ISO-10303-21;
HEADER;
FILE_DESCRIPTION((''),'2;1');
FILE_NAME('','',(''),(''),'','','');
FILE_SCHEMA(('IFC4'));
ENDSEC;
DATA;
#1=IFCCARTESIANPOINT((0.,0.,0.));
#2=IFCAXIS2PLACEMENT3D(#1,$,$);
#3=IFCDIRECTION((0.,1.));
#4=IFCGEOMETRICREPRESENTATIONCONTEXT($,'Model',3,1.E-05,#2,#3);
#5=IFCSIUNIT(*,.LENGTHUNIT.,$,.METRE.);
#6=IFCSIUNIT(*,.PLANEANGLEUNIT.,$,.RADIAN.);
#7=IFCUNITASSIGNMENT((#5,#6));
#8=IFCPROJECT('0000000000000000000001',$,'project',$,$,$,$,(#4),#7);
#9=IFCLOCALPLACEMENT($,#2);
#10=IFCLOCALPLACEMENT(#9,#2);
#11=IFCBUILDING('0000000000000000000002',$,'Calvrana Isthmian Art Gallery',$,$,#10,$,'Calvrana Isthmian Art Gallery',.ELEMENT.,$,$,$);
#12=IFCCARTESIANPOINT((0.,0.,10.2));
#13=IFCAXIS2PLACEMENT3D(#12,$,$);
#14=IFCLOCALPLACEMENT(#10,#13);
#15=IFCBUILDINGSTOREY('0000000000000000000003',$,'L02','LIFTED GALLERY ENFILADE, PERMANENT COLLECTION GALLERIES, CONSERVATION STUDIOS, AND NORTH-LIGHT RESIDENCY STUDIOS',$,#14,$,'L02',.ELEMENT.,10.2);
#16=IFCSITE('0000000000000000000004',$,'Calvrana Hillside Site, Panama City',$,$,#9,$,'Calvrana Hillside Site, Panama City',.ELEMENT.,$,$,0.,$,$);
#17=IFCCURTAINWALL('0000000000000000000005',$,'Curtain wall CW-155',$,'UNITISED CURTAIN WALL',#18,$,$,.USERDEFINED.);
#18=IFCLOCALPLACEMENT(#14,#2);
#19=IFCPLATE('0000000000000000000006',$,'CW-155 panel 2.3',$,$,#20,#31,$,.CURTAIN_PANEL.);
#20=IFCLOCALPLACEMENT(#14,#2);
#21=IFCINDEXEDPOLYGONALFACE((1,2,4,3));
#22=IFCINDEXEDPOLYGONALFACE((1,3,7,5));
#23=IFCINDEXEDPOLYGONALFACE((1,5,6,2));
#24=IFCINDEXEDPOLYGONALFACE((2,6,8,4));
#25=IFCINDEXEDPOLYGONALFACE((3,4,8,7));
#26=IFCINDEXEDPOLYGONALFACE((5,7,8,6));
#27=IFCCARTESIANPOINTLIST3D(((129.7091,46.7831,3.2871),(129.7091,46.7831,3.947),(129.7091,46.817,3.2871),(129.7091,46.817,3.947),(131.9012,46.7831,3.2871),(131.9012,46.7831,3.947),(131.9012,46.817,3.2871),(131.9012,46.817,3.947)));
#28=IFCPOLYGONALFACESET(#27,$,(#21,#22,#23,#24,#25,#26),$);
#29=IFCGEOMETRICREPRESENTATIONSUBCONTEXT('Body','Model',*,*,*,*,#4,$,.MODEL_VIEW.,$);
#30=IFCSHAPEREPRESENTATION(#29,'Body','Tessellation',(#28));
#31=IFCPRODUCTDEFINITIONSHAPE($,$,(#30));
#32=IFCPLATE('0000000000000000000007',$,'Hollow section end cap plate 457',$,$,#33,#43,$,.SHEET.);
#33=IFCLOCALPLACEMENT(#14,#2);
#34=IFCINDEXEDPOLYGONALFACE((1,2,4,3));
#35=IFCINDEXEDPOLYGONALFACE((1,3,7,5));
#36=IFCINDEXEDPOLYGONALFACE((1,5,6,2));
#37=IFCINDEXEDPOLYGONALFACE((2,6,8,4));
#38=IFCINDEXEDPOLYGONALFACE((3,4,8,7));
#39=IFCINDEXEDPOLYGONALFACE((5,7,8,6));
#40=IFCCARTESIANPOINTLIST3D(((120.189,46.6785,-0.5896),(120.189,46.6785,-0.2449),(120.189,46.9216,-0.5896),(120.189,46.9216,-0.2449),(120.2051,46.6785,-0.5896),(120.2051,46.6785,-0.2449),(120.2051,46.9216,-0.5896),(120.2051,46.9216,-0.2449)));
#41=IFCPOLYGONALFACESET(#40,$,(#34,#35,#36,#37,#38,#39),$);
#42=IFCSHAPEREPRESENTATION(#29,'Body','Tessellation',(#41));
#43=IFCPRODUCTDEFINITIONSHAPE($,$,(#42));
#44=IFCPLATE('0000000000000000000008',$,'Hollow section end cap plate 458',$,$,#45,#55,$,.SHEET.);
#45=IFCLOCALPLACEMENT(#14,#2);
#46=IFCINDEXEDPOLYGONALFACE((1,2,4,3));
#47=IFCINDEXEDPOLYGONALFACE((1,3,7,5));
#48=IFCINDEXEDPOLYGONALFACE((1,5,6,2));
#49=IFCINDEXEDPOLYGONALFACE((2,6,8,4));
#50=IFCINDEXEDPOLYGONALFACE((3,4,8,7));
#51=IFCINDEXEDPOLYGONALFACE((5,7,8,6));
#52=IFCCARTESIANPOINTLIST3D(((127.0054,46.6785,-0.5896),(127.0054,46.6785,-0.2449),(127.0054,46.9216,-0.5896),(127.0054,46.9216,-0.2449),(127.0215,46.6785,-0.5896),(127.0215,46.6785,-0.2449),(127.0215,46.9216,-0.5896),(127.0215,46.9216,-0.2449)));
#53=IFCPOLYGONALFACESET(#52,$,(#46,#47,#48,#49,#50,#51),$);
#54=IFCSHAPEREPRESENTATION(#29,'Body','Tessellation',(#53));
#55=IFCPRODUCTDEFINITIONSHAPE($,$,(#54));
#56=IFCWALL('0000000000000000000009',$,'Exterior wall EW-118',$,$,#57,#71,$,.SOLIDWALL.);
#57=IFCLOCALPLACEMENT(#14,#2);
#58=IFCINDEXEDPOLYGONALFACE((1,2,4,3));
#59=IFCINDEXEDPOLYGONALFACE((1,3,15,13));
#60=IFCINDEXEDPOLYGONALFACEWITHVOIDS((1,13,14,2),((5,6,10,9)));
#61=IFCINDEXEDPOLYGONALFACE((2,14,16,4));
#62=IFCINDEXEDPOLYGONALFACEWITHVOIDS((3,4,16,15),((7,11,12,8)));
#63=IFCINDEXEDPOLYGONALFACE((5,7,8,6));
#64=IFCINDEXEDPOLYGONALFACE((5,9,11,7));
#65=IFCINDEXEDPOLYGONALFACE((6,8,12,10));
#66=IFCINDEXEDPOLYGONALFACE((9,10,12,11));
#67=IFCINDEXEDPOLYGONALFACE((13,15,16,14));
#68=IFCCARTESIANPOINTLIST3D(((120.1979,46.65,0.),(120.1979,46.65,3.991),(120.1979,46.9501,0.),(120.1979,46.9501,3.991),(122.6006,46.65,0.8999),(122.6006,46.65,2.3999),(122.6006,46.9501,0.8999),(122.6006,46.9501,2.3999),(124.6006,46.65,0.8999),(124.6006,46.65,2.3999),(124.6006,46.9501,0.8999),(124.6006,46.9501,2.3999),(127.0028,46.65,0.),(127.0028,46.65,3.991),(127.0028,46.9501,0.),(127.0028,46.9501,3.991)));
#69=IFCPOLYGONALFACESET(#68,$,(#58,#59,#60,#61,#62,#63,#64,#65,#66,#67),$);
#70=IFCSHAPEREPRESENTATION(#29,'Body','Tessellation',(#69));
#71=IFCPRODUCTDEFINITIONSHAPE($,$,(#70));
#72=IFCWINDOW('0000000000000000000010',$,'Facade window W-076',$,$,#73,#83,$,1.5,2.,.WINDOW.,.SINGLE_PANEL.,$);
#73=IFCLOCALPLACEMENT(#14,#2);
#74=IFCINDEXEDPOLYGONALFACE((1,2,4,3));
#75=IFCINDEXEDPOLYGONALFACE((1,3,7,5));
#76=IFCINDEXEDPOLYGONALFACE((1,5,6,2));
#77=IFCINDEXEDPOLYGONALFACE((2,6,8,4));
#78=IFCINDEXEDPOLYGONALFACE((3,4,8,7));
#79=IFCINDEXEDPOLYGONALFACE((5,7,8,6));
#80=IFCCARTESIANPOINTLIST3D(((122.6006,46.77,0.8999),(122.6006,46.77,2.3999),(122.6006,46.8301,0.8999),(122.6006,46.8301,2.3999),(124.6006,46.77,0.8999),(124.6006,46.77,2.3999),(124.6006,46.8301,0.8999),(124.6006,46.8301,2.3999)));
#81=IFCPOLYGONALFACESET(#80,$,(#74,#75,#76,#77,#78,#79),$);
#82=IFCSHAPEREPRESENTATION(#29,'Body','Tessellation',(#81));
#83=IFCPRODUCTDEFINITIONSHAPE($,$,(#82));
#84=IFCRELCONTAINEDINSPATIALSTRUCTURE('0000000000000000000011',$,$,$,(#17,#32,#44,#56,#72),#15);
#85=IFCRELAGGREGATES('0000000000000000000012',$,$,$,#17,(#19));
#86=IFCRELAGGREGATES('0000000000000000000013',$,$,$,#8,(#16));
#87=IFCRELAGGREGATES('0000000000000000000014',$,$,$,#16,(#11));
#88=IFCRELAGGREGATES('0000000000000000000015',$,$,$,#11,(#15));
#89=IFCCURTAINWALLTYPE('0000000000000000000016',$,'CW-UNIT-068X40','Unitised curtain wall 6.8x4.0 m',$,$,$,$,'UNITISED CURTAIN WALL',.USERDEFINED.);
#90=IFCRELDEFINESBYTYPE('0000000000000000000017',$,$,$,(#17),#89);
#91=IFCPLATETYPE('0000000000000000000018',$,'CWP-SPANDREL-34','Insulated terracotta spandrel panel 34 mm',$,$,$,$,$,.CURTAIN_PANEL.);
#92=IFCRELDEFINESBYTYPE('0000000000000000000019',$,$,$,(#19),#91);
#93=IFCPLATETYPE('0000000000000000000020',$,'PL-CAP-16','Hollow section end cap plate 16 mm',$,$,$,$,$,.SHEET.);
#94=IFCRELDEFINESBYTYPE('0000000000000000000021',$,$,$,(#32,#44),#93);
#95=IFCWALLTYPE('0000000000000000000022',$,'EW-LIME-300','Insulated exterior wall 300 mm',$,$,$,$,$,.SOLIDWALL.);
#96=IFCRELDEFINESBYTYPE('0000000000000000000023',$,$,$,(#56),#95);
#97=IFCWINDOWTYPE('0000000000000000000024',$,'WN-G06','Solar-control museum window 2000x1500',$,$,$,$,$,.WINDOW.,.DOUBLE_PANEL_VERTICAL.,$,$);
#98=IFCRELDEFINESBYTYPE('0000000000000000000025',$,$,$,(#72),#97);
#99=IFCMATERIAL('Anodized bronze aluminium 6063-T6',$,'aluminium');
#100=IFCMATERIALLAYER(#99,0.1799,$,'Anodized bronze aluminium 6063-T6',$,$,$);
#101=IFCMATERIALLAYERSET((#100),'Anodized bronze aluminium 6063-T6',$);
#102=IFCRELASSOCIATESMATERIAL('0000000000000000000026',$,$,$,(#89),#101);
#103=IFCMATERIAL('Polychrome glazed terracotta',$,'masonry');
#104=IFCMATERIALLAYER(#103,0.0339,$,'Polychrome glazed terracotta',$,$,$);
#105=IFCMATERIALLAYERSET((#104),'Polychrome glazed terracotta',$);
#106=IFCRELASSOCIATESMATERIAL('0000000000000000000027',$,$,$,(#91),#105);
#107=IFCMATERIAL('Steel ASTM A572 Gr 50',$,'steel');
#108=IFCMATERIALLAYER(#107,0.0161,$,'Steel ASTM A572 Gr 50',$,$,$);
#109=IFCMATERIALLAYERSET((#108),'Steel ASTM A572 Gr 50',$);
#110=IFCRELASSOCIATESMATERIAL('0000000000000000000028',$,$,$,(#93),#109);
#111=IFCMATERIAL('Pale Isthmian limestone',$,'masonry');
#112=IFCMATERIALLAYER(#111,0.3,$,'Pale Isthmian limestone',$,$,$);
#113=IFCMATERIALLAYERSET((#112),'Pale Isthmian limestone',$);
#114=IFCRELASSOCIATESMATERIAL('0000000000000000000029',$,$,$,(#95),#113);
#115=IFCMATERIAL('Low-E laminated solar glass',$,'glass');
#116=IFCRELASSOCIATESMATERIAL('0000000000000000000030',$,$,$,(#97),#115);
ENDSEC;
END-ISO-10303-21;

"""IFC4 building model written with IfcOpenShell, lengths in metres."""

from ifc_helpers import new_model, si_unit, direction, frame, frame_2d, origin, origin_2d, place, context, subcontext, project, spatial, rectangle, extrude, material, layer, layer_set, type_object, element, fill, aggregate, save


model = new_model("IFC4")

# Units and contexts
model_context = context("Model", 3, precision=1e-05, world=origin(), true_north=direction((0.0, 1.0)))
body_context = subcontext(model_context, "Body", "Model", "MODEL_VIEW")
ifc_project = project(units=[si_unit("LENGTHUNIT", "METRE"), si_unit("PLANEANGLEUNIT", "RADIAN")], contexts=[model_context])

# Site, building, storey
site_placement = place(None, origin())
site = spatial("IfcSite", under=ifc_project, at=site_placement, Name="Calvrana Hillside Site, Panama City", LongName="Calvrana Hillside Site, Panama City", CompositionType="ELEMENT", RefElevation=0.0)
building_placement = place(site_placement, origin())
building = spatial("IfcBuilding", under=site, at=building_placement, Name="Calvrana Isthmian Art Gallery", LongName="Calvrana Isthmian Art Gallery", CompositionType="ELEMENT")
storey_placement = place(building_placement, frame((0.0, 0.0, 10.2)))
storey = spatial("IfcBuildingStorey", under=building, at=storey_placement, Name="L02", Description="LIFTED GALLERY ENFILADE, PERMANENT COLLECTION GALLERIES, CONSERVATION STUDIOS, AND NORTH-LIGHT RESIDENCY STUDIOS", LongName="L02", CompositionType="ELEMENT", Elevation=10.2)

# Curtain wall, plate
ifc_material_1 = material(Name="Anodized bronze aluminium 6063-T6", Category="aluminium")
ifc_layer_1 = layer(ifc_material_1, 0.1799, Name="Anodized bronze aluminium 6063-T6")
ifc_layer_set_1 = layer_set([ifc_layer_1], Name="Anodized bronze aluminium 6063-T6")
curtain_wall_type = type_object("IfcCurtainWallType", Name="CW-UNIT-068X40", Description="Unitised curtain wall 6.8x4.0 m", ElementType="UNITISED CURTAIN WALL", PredefinedType="USERDEFINED", material=ifc_layer_set_1)
curtain_wall_placement = place(storey_placement, origin())
curtain_wall = element("IfcCurtainWall", 1, at=curtain_wall_placement, inside=storey, type_object=curtain_wall_type, Name="Curtain wall CW-155", ObjectType="UNITISED CURTAIN WALL", PredefinedType="USERDEFINED")
ifc_material_2 = material(Name="Polychrome glazed terracotta", Category="masonry")
ifc_layer_2 = layer(ifc_material_2, 0.0339, Name="Polychrome glazed terracotta")
ifc_layer_set_2 = layer_set([ifc_layer_2], Name="Polychrome glazed terracotta")
plate_type_1 = type_object("IfcPlateType", Name="CWP-SPANDREL-34", Description="Insulated terracotta spandrel panel 34 mm", PredefinedType="CURTAIN_PANEL", material=ifc_layer_set_2)
plate_1_placement = place(storey_placement, frame((130.8052, 46.8, 3.2871), z_axis=(0.0, 0.0, 1.0), x_axis=(1.0, 0.0, 0.0)))
plate_1 = element("IfcPlate", 2, at=plate_1_placement, type_object=plate_type_1, Name="CW-155 panel 2.3", PredefinedType="CURTAIN_PANEL", context=body_context, shape_type="SweptSolid", body=[
    extrude(rectangle(XDim=2.1921, YDim=0.0339, at=origin_2d()), origin(), (0.0, 0.0, 1.0), 0.6599),
])
aggregate(curtain_wall, [plate_1])

# Plates
ifc_material_3 = material(Name="Steel ASTM A572 Gr 50", Category="steel")
ifc_layer_3 = layer(ifc_material_3, 0.0161, Name="Steel ASTM A572 Gr 50")
ifc_layer_set_3 = layer_set([ifc_layer_3], Name="Steel ASTM A572 Gr 50")
plate_type_2 = type_object("IfcPlateType", Name="PL-CAP-16", Description="Hollow section end cap plate 16 mm", PredefinedType="SHEET", material=ifc_layer_set_3)
for number, where, z_axis, x_axis, name in (
    (3, (120.197, 46.8, -0.5896), (0.0, 0.0, 1.0), (1.0, 0.0, 0.0), "Hollow section end cap plate 457"),
    (4, (127.0134, 46.8, -0.5896), (0.0, 0.0, 1.0), (1.0, 0.0, 0.0), "Hollow section end cap plate 458"),
):
    element("IfcPlate", number, at=place(storey_placement, frame(where, z_axis=z_axis, x_axis=x_axis)), inside=storey, type_object=plate_type_2, Name=name, PredefinedType="SHEET", context=body_context, shape_type="SweptSolid", body=[
        extrude(rectangle(XDim=0.0161, YDim=0.2432, at=origin_2d()), origin(), (0.0, 0.0, 1.0), 0.3447),
    ])

# Wall, opening, window
ifc_material_4 = material(Name="Pale Isthmian limestone", Category="masonry")
ifc_layer_4 = layer(ifc_material_4, 0.3, Name="Pale Isthmian limestone")
ifc_layer_set_4 = layer_set([ifc_layer_4], Name="Pale Isthmian limestone")
wall_type = type_object("IfcWallType", Name="EW-LIME-300", Description="Insulated exterior wall 300 mm", PredefinedType="SOLIDWALL", material=ifc_layer_set_4)
wall_placement = place(storey_placement, frame((120.198, 46.8, 0.0), z_axis=(0.0, 0.0, 1.0), x_axis=(1.0, 0.0, 0.0)))
wall = element("IfcWall", 5, at=wall_placement, inside=storey, type_object=wall_type, Name="Exterior wall EW-118", PredefinedType="SOLIDWALL", context=body_context, shape_type="SweptSolid", body=[
    extrude(rectangle(XDim=6.8049, YDim=0.3, at=frame_2d((3.4023, 0.0))), origin(), (0.0, 0.0, 1.0), 3.991),
])
opening_placement = place(wall_placement, frame((2.4026, 0.0, 0.8999)))
opening = element("IfcOpeningElement", 6, at=opening_placement, cuts=wall, PredefinedType="OPENING", context=body_context, shape_type="SweptSolid", body=[
    extrude(rectangle(XDim=2.0, YDim=1.5, at=frame_2d((1.0, 0.75))), frame((0.0, 0.1602, 0.0), z_axis=(0.0, -1.0, 0.0), x_axis=(1.0, 0.0, 0.0)), (0.0, 0.0, 1.0), 0.3206),
])
ifc_material_5 = material(Name="Low-E laminated solar glass", Category="glass")
window_type = type_object("IfcWindowType", Name="WN-G06", Description="Solar-control museum window 2000x1500", PartitioningType="DOUBLE_PANEL_VERTICAL", PredefinedType="WINDOW", material=ifc_material_5)
window_placement = place(opening_placement, origin())
window = element("IfcWindow", 7, at=window_placement, inside=storey, type_object=window_type, Name="Facade window W-076", OverallHeight=1.5, OverallWidth=2.0, PartitioningType="SINGLE_PANEL", PredefinedType="WINDOW", context=body_context, shape_type="SweptSolid", body=[
    extrude(rectangle(XDim=2.0, YDim=1.5, at=frame_2d((1.0, 0.75))), frame((0.0, 0.03, 0.0), z_axis=(0.0, -1.0, 0.0), x_axis=(1.0, 0.0, 0.0)), (0.0, 0.0, 1.0), 0.0601),
])
fill(opening, window)

save(model, "model.ifc")
